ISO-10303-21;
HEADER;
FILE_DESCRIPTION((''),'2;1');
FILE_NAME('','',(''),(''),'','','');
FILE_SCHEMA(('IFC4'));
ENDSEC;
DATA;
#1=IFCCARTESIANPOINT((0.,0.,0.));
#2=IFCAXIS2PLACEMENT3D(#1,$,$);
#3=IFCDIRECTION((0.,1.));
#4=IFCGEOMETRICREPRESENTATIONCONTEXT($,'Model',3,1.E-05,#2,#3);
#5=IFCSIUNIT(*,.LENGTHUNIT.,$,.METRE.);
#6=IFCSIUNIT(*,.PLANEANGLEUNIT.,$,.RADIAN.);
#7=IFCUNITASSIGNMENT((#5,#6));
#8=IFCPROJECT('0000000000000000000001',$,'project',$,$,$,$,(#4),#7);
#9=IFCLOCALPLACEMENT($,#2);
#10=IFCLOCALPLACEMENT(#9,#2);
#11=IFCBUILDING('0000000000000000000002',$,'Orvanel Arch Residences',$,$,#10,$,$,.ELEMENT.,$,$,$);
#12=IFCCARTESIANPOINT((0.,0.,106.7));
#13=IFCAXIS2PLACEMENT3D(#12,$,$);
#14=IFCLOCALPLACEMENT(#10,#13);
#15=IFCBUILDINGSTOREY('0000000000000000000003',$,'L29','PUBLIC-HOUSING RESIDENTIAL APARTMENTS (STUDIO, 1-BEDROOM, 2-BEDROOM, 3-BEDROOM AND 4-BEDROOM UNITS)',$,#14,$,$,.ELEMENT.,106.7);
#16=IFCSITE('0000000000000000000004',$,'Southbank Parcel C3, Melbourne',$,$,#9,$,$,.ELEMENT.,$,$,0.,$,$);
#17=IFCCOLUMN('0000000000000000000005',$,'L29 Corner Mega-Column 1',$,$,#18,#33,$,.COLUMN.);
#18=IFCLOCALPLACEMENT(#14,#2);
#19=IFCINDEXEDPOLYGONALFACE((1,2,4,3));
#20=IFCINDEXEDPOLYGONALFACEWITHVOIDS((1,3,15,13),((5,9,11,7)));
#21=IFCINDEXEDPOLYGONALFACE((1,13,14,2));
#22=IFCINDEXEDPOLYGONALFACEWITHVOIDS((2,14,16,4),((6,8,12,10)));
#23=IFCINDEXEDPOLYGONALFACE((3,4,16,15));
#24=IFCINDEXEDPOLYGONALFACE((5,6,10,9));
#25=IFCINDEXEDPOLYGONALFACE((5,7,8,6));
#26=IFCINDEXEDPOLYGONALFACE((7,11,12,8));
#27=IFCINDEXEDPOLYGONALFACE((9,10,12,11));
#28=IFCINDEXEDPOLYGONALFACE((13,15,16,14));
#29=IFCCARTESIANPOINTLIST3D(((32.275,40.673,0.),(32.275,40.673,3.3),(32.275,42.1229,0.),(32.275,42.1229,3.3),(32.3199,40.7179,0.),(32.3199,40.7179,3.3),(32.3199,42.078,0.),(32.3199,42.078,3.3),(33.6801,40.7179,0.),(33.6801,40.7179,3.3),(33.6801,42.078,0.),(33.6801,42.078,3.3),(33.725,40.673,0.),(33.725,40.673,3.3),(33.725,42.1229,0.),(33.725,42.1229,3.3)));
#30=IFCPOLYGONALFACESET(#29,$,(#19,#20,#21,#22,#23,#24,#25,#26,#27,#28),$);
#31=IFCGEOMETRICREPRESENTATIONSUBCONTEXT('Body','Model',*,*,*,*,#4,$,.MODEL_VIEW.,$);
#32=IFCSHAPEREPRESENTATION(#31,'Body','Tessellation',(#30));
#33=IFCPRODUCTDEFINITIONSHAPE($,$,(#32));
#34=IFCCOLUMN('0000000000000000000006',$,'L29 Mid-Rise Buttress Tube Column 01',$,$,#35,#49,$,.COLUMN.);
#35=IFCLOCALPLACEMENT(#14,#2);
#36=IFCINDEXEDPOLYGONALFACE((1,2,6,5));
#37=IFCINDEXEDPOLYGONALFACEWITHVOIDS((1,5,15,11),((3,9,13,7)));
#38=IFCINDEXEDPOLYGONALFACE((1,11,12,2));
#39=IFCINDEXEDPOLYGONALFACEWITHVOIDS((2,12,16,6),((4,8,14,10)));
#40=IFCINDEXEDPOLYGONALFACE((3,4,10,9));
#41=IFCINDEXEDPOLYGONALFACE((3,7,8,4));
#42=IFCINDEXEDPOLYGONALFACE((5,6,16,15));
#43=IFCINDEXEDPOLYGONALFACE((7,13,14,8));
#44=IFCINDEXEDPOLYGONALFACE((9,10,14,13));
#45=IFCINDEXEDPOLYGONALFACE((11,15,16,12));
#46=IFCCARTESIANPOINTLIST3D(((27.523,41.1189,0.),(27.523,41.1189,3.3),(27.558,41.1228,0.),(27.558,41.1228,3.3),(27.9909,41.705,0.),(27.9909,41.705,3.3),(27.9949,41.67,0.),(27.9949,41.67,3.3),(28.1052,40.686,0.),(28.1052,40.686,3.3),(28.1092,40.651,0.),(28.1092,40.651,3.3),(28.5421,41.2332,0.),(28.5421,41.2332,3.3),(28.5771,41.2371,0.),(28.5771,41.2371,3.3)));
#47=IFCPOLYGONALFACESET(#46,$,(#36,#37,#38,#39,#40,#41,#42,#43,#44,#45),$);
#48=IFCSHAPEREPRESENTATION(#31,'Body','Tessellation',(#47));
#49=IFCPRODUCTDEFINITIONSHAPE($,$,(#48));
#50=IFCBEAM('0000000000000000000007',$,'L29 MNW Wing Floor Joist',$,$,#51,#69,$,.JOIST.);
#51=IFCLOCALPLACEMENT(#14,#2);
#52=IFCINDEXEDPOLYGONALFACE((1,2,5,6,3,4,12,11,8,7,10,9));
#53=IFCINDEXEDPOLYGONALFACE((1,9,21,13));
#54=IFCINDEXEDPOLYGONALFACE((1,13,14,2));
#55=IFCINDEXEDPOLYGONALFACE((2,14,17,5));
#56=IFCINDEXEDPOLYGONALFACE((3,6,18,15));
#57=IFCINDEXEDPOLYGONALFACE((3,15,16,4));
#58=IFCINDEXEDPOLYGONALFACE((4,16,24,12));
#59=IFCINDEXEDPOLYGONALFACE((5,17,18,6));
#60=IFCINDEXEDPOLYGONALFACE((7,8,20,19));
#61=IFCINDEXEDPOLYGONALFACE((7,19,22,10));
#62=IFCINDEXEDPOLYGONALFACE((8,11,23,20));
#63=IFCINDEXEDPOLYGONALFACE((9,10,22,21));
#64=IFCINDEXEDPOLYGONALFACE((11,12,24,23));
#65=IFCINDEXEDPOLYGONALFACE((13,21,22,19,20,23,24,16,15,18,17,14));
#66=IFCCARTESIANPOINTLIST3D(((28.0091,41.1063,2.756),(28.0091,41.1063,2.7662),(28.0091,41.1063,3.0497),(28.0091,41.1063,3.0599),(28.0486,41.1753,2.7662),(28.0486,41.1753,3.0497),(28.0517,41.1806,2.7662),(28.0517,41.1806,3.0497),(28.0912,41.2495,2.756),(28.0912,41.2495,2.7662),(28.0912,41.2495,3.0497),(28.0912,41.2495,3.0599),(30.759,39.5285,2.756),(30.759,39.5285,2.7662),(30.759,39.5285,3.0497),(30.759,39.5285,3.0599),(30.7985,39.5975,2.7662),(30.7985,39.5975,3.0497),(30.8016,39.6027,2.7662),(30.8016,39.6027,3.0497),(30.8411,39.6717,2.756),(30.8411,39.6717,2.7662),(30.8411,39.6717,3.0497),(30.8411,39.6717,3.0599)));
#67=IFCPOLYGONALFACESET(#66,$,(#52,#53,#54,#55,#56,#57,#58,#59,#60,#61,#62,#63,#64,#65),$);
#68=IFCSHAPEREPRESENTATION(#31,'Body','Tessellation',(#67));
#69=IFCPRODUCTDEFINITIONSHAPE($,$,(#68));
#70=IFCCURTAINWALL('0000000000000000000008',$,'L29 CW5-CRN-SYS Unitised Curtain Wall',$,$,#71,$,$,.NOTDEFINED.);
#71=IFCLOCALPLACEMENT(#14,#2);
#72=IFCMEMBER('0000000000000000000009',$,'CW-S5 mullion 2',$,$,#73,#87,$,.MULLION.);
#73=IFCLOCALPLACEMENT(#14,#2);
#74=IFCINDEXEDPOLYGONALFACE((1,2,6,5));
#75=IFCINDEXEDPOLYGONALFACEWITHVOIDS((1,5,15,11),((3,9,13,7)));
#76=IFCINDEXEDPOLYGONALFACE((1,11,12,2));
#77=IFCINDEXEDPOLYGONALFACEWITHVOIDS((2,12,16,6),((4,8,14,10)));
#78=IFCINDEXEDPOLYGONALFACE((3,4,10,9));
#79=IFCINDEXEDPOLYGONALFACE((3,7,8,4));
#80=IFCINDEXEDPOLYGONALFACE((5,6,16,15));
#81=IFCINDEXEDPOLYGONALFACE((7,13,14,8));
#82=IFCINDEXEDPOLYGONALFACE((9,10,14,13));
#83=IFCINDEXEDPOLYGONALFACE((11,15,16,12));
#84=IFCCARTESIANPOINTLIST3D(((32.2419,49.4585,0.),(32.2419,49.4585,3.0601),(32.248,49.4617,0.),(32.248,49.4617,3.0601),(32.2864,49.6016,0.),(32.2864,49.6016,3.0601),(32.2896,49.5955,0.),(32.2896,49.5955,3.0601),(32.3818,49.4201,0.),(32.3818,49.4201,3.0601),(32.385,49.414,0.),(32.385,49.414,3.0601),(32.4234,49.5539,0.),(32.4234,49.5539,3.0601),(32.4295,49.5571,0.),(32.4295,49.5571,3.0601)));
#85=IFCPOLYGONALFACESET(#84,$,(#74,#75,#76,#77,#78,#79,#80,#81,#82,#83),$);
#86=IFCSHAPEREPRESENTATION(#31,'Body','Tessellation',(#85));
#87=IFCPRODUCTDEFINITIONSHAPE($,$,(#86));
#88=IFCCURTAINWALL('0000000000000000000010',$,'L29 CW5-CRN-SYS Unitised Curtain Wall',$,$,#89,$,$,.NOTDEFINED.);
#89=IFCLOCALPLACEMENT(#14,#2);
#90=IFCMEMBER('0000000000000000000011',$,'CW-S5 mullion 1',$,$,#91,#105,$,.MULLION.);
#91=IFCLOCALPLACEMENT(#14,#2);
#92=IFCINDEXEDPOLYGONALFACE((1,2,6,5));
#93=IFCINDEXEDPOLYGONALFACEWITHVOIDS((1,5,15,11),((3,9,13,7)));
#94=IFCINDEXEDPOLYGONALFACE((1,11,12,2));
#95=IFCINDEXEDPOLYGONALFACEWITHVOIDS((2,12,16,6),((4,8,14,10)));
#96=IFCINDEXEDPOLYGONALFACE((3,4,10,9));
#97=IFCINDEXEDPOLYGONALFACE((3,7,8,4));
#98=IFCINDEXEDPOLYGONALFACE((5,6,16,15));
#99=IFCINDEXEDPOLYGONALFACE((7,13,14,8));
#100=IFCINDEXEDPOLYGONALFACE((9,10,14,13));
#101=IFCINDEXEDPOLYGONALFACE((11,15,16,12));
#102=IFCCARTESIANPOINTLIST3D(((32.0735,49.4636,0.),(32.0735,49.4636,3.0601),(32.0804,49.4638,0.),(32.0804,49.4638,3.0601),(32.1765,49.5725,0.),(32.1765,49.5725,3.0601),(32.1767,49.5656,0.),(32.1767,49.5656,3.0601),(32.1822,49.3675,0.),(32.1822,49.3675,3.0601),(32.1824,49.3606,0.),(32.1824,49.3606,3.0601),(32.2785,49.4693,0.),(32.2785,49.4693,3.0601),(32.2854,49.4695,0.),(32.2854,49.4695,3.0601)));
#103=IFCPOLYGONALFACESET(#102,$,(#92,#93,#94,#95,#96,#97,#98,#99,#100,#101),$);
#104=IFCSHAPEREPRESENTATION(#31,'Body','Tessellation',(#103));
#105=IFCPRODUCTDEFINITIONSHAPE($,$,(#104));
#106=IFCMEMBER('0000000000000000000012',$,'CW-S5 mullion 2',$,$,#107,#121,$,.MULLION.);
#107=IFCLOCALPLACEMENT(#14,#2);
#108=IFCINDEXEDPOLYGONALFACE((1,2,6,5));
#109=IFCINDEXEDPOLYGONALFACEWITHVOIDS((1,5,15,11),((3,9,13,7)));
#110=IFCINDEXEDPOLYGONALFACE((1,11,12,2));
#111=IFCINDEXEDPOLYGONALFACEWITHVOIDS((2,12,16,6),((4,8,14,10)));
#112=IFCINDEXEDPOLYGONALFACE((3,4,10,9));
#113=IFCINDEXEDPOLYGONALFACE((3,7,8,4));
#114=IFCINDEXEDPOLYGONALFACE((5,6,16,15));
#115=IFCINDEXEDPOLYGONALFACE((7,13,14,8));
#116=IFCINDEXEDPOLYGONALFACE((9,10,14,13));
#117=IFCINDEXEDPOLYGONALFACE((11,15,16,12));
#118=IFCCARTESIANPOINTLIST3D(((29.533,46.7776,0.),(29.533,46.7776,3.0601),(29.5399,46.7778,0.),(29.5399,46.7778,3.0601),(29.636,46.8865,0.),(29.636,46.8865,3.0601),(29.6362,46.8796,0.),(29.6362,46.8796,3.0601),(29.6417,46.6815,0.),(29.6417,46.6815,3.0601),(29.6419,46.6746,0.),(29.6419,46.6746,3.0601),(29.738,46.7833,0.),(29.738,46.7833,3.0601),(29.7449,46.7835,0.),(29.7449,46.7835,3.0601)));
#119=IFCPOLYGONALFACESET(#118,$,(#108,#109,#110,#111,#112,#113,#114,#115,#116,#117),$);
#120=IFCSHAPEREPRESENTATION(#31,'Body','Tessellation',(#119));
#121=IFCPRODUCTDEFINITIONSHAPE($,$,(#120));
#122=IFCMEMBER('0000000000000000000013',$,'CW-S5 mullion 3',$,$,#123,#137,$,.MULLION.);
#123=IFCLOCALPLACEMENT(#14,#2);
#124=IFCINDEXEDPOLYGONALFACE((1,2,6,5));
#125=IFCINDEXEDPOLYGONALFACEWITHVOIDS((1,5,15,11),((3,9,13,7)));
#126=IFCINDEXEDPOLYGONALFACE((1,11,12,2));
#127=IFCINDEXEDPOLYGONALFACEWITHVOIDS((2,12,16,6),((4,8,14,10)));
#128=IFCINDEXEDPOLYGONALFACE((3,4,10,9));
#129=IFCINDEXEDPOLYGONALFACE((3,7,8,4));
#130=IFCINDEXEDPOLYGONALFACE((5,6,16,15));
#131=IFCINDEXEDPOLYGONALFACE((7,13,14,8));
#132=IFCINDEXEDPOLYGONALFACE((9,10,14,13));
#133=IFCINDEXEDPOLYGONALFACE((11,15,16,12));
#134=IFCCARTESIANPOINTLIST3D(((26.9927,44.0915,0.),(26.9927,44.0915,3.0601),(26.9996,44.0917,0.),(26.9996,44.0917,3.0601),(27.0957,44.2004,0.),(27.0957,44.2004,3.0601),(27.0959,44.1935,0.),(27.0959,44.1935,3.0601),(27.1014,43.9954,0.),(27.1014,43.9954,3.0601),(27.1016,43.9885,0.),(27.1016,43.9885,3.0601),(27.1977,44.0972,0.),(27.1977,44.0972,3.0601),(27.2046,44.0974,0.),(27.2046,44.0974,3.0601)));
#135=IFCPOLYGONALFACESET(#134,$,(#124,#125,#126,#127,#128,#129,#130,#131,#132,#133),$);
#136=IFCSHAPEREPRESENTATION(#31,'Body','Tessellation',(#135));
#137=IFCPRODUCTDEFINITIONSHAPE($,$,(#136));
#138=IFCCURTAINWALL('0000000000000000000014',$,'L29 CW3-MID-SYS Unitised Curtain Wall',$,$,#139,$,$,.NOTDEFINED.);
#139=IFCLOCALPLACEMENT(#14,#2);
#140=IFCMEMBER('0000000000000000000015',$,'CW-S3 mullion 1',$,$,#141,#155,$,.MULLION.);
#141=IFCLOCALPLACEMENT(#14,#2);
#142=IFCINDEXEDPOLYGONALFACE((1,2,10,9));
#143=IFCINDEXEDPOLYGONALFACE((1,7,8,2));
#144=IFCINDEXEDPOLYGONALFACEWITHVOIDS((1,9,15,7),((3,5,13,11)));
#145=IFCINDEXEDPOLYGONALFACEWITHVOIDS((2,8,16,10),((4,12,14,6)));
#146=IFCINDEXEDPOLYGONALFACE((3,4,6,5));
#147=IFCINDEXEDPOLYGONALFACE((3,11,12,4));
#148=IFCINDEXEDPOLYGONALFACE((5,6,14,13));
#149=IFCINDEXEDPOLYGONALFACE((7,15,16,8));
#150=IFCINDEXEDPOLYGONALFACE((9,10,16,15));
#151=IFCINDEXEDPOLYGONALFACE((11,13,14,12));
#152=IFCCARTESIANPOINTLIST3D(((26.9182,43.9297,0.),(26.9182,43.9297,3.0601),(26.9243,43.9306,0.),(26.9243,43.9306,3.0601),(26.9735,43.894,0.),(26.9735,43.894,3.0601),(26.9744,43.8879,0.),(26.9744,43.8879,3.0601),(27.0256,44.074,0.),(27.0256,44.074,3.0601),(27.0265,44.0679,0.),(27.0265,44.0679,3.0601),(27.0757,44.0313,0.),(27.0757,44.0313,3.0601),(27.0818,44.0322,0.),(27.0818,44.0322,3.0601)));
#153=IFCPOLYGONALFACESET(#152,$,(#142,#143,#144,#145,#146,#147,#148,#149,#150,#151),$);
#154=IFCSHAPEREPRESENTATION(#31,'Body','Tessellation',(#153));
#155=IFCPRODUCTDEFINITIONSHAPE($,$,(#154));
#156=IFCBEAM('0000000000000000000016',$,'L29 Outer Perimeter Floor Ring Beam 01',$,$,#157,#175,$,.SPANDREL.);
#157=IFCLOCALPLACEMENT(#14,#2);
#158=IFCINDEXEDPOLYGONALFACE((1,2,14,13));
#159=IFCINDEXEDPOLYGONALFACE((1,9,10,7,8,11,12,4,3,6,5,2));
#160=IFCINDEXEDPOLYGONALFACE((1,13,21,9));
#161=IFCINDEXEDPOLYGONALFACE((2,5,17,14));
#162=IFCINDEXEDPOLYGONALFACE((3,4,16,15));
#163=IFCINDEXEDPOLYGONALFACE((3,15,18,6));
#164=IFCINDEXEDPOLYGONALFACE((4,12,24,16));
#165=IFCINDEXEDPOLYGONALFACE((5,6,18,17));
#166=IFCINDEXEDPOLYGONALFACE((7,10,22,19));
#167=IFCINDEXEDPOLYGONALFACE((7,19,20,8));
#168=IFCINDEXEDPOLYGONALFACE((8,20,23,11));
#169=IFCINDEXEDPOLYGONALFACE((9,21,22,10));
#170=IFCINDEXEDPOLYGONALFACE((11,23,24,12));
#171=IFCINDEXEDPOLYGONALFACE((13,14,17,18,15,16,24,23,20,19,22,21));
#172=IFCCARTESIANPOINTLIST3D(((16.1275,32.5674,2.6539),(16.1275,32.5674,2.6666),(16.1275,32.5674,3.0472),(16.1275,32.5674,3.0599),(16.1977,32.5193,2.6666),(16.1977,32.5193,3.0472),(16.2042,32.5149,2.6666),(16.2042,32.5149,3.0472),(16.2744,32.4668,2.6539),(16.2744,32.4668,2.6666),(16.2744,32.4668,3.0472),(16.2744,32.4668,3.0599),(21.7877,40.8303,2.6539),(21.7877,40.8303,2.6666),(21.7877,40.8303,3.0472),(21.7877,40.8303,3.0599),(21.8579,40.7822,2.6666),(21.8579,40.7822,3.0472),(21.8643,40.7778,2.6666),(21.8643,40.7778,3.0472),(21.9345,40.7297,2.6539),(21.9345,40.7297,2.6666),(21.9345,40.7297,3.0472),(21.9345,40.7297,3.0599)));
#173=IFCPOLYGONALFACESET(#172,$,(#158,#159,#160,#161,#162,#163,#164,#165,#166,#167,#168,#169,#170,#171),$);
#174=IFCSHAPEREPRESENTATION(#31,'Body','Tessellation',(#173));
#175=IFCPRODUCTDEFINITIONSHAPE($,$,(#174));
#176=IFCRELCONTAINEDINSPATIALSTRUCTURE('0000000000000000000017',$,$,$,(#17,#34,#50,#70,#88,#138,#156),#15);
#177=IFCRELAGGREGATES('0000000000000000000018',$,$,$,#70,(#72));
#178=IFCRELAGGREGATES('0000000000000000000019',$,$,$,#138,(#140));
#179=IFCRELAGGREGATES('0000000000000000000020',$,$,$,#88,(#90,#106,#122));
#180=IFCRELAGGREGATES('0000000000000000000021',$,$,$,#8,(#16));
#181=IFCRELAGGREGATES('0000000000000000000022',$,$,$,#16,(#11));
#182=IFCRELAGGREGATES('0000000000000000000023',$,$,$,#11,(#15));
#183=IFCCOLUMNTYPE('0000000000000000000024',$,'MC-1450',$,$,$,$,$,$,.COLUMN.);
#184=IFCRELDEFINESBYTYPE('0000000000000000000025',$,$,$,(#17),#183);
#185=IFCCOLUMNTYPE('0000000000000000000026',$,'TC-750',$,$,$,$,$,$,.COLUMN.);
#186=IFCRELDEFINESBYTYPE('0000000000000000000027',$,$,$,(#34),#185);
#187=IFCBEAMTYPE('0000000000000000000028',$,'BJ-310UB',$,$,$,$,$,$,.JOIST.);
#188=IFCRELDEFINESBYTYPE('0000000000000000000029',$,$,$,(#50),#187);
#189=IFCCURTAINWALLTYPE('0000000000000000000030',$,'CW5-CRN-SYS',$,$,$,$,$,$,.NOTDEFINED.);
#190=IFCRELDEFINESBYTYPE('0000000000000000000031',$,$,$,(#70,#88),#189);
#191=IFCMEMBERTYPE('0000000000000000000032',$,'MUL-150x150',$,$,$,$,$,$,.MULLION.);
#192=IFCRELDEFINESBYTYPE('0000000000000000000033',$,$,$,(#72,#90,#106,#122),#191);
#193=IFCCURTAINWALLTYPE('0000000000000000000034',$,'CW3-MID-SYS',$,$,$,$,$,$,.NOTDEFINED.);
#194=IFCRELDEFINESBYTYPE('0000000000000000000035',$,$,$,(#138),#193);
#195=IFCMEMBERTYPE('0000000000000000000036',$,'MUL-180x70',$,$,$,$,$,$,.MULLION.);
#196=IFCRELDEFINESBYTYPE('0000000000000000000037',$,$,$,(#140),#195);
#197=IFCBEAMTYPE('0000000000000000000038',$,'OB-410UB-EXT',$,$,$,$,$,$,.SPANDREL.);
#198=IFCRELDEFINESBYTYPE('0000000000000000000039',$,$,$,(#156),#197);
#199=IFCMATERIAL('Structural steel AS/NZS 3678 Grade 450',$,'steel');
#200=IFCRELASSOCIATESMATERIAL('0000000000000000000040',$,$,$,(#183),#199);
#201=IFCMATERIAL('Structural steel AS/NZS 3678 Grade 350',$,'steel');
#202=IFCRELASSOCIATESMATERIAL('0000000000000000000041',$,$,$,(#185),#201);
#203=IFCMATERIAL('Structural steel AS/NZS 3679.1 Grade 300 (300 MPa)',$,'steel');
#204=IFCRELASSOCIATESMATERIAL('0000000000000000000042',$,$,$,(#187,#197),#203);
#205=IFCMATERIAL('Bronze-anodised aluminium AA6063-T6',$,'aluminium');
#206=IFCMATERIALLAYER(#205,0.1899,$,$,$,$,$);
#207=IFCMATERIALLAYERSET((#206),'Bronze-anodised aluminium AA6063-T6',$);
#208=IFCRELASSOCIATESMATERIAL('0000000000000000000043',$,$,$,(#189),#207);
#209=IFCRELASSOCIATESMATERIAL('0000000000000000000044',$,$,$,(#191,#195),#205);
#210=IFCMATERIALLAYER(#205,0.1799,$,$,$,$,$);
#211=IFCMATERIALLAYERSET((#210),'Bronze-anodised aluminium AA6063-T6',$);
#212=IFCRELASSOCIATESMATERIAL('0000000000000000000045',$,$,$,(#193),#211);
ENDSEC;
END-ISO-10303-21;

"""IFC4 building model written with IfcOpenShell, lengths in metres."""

from ifc_helpers import new_model, si_unit, direction, frame, origin, origin_2d, place, context, subcontext, project, spatial, hollow_rectangle, i_section, extrude, material, layer, layer_set, material_profile, profile_set, type_object, element, aggregate, save


model = new_model("IFC4")

# Units and contexts
model_context = context("Model", 3, precision=1e-05, world=origin(), true_north=direction((0.0, 1.0)))
body_context = subcontext(model_context, "Body", "Model", "MODEL_VIEW")
ifc_project = project(units=[si_unit("LENGTHUNIT", "METRE"), si_unit("PLANEANGLEUNIT", "RADIAN")], contexts=[model_context])

# Site, building, storey
site_placement = place(None, origin())
site = spatial("IfcSite", under=ifc_project, at=site_placement, Name="Southbank Parcel C3, Melbourne", CompositionType="ELEMENT", RefElevation=0.0)
building_placement = place(site_placement, origin())
building = spatial("IfcBuilding", under=site, at=building_placement, Name="Orvanel Arch Residences", CompositionType="ELEMENT")
storey_placement = place(building_placement, frame((0.0, 0.0, 106.7)))
storey = spatial("IfcBuildingStorey", under=building, at=storey_placement, Name="L29", Description="PUBLIC-HOUSING RESIDENTIAL APARTMENTS (STUDIO, 1-BEDROOM, 2-BEDROOM, 3-BEDROOM AND 4-BEDROOM UNITS)", CompositionType="ELEMENT", Elevation=106.7)

# Columns
ifc_material_1 = material(Name="Structural steel AS/NZS 3678 Grade 450", Category="steel")
ifc_material_profile_1 = material_profile(ifc_material_1, hollow_rectangle(XDim=1.45, YDim=1.45, WallThickness=0.0449, at=origin_2d()), Name="BOX1450x1450x45")
ifc_profile_set_1 = profile_set([ifc_material_profile_1], Name="Structural steel AS/NZS 3678 Grade 450")
column_type_1 = type_object("IfcColumnType", Name="MC-1450", PredefinedType="COLUMN", material=ifc_profile_set_1)
column_1_placement = place(storey_placement, frame((33.0, 41.3979, 0.0), z_axis=(0.0, 0.0, 1.0), x_axis=(1.0, 0.0, 0.0)))
element("IfcColumn", 1, at=column_1_placement, inside=storey, type_object=column_type_1, Name="L29 Corner Mega-Column 1", PredefinedType="COLUMN", context=body_context, shape_type="SweptSolid", body=[
    extrude(hollow_rectangle(XDim=1.45, YDim=1.45, WallThickness=0.0449, at=origin_2d()), origin(), (0.0, 0.0, 1.0), 3.3),
])
ifc_material_2 = material(Name="Structural steel AS/NZS 3678 Grade 350", Category="steel")
ifc_material_profile_2 = material_profile(ifc_material_2, hollow_rectangle(XDim=0.75, YDim=0.75, WallThickness=0.0249, at=origin_2d()), Name="BOX750x750x25")
ifc_profile_set_2 = profile_set([ifc_material_profile_2], Name="Structural steel AS/NZS 3678 Grade 350")
column_type_2 = type_object("IfcColumnType", Name="TC-750", PredefinedType="COLUMN", material=ifc_profile_set_2)
column_2_placement = place(storey_placement, frame((28.05, 41.178, 0.0), z_axis=(0.0, 0.0, 1.0), x_axis=(0.62388, 0.78152, 0.0)))
element("IfcColumn", 2, at=column_2_placement, inside=storey, type_object=column_type_2, Name="L29 Mid-Rise Buttress Tube Column 01", PredefinedType="COLUMN", context=body_context, shape_type="SweptSolid", body=[
    extrude(hollow_rectangle(XDim=0.75, YDim=0.75, WallThickness=0.0249, at=origin_2d()), origin(), (0.0, 0.0, 1.0), 3.3),
])

# Beam
ifc_material_3 = material(Name="Structural steel AS/NZS 3679.1 Grade 300 (300 MPa)", Category="steel")
ifc_material_profile_3 = material_profile(ifc_material_3, i_section(OverallWidth=0.165, OverallDepth=0.304, WebThickness=0.0061, FlangeThickness=0.0103, at=origin_2d()), Name="310UB40.4")
ifc_profile_set_3 = profile_set([ifc_material_profile_3], Name="Structural steel AS/NZS 3679.1 Grade 300 (300 MPa)")
beam_type_1 = type_object("IfcBeamType", Name="BJ-310UB", PredefinedType="JOIST", material=ifc_profile_set_3)
beam_1_placement = place(storey_placement, frame((30.8, 39.6001, 2.908), z_axis=(-0.867365, 0.497672, 0.0), x_axis=(-0.497672, -0.867365, 0.0)))
element("IfcBeam", 3, at=beam_1_placement, inside=storey, type_object=beam_type_1, Name="L29 MNW Wing Floor Joist", PredefinedType="JOIST", context=body_context, shape_type="SweptSolid", body=[
    extrude(i_section(OverallWidth=0.165, OverallDepth=0.304, WebThickness=0.0061, FlangeThickness=0.0103, at=origin_2d()), origin(), (0.0, 0.0, 1.0), 3.1704),
])

# Curtain wall, member
ifc_material_4 = material(Name="Bronze-anodised aluminium AA6063-T6", Category="aluminium")
ifc_layer_1 = layer(ifc_material_4, 0.1899)
ifc_layer_set_1 = layer_set([ifc_layer_1], Name="Bronze-anodised aluminium AA6063-T6")
curtain_wall_type_1 = type_object("IfcCurtainWallType", Name="CW5-CRN-SYS", PredefinedType="NOTDEFINED", material=ifc_layer_set_1)
curtain_wall_1_placement = place(storey_placement, origin())
curtain_wall_1 = element("IfcCurtainWall", 4, at=curtain_wall_1_placement, inside=storey, type_object=curtain_wall_type_1, Name="L29 CW5-CRN-SYS Unitised Curtain Wall", PredefinedType="NOTDEFINED")
ifc_material_profile_4 = material_profile(ifc_material_4, hollow_rectangle(XDim=0.1499, YDim=0.1499, WallThickness=0.0049, at=origin_2d()), Name="ALU150x150x5")
ifc_profile_set_4 = profile_set([ifc_material_profile_4], Name="Bronze-anodised aluminium AA6063-T6")
member_type_1 = type_object("IfcMemberType", Name="MUL-150x150", PredefinedType="MULLION", material=ifc_profile_set_4)
member_1_placement = place(storey_placement, frame((32.3357, 49.5078, 0.0), z_axis=(0.0, 0.0, 1.0), x_axis=(-0.297054, -0.954861, 0.0)))
member_1 = element("IfcMember", 5, at=member_1_placement, type_object=member_type_1, Name="CW-S5 mullion 2", PredefinedType="MULLION", context=body_context, shape_type="SweptSolid", body=[
    extrude(hollow_rectangle(XDim=0.1499, YDim=0.1499, WallThickness=0.0049, at=origin_2d()), origin(), (0.0, 0.0, 1.0), 3.0601),
])
aggregate(curtain_wall_1, [member_1])

# Curtain wall, members
curtain_wall_2_placement = place(storey_placement, origin())
curtain_wall_2 = element("IfcCurtainWall", 6, at=curtain_wall_2_placement, inside=storey, type_object=curtain_wall_type_1, Name="L29 CW5-CRN-SYS Unitised Curtain Wall", PredefinedType="NOTDEFINED")
member_2_placement = place(storey_placement, frame((32.1794, 49.4666, 0.0), z_axis=(0.0, 0.0, 1.0), x_axis=(0.726517, -0.687149, 0.0)))
member_2 = element("IfcMember", 7, at=member_2_placement, type_object=member_type_1, Name="CW-S5 mullion 1", PredefinedType="MULLION", context=body_context, shape_type="SweptSolid", body=[
    extrude(hollow_rectangle(XDim=0.1499, YDim=0.1499, WallThickness=0.0049, at=origin_2d()), origin(), (0.0, 0.0, 1.0), 3.0601),
])
member_3_placement = place(storey_placement, frame((29.6389, 46.7805, 0.0), z_axis=(0.0, 0.0, 1.0), x_axis=(0.726517, -0.687149, 0.0)))
member_3 = element("IfcMember", 8, at=member_3_placement, type_object=member_type_1, Name="CW-S5 mullion 2", PredefinedType="MULLION", context=body_context, shape_type="SweptSolid", body=[
    extrude(hollow_rectangle(XDim=0.1499, YDim=0.1499, WallThickness=0.0049, at=origin_2d()), origin(), (0.0, 0.0, 1.0), 3.0601),
])
member_4_placement = place(storey_placement, frame((27.0986, 44.0945, 0.0), z_axis=(0.0, 0.0, 1.0), x_axis=(0.726517, -0.687149, 0.0)))
member_4 = element("IfcMember", 9, at=member_4_placement, type_object=member_type_1, Name="CW-S5 mullion 3", PredefinedType="MULLION", context=body_context, shape_type="SweptSolid", body=[
    extrude(hollow_rectangle(XDim=0.1499, YDim=0.1499, WallThickness=0.0049, at=origin_2d()), origin(), (0.0, 0.0, 1.0), 3.0601),
])

# Curtain wall, member
ifc_layer_2 = layer(ifc_material_4, 0.1799)
ifc_layer_set_2 = layer_set([ifc_layer_2], Name="Bronze-anodised aluminium AA6063-T6")
curtain_wall_type_2 = type_object("IfcCurtainWallType", Name="CW3-MID-SYS", PredefinedType="NOTDEFINED", material=ifc_layer_set_2)
curtain_wall_3_placement = place(storey_placement, origin())
curtain_wall_3 = element("IfcCurtainWall", 10, at=curtain_wall_3_placement, inside=storey, type_object=curtain_wall_type_2, Name="L29 CW3-MID-SYS Unitised Curtain Wall", PredefinedType="NOTDEFINED")
ifc_material_profile_5 = material_profile(ifc_material_4, hollow_rectangle(XDim=0.0701, YDim=0.1799, WallThickness=0.0044, at=origin_2d()), Name="ALU180x70x4.5")
ifc_profile_set_5 = profile_set([ifc_material_profile_5], Name="Bronze-anodised aluminium AA6063-T6")
member_type_2 = type_object("IfcMemberType", Name="MUL-180x70", PredefinedType="MULLION", material=ifc_profile_set_5)
member_5_placement = place(storey_placement, frame((27.0, 43.981, 0.0), z_axis=(0.0, 0.0, 1.0), x_axis=(0.802268, -0.596965, 0.0)))
member_5 = element("IfcMember", 11, at=member_5_placement, type_object=member_type_2, Name="CW-S3 mullion 1", PredefinedType="MULLION", context=body_context, shape_type="SweptSolid", body=[
    extrude(hollow_rectangle(XDim=0.0701, YDim=0.1799, WallThickness=0.0044, at=origin_2d()), origin(), (0.0, 0.0, 1.0), 3.0601),
])

# Beam
ifc_material_profile_6 = material_profile(ifc_material_3, i_section(OverallWidth=0.178, OverallDepth=0.406, WebThickness=0.0078, FlangeThickness=0.0127, at=origin_2d()), Name="410UB59.7")
ifc_profile_set_6 = profile_set([ifc_material_profile_6], Name="Structural steel AS/NZS 3679.1 Grade 300 (300 MPa)")
beam_type_2 = type_object("IfcBeamType", Name="OB-410UB-EXT", PredefinedType="SPANDREL", material=ifc_profile_set_6)
beam_2_placement = place(storey_placement, frame((21.8611, 40.78, 2.8569), z_axis=(-0.56513, -0.825002, 0.0), x_axis=(0.825002, -0.56513, 0.0)))
element("IfcBeam", 12, at=beam_2_placement, inside=storey, type_object=beam_type_2, Name="L29 Outer Perimeter Floor Ring Beam 01", PredefinedType="SPANDREL", context=body_context, shape_type="SweptSolid", body=[
    extrude(i_section(OverallWidth=0.178, OverallDepth=0.406, WebThickness=0.0078, FlangeThickness=0.0127, at=origin_2d()), origin(), (0.0, 0.0, 1.0), 10.0156),
])

aggregate(curtain_wall_3, [member_5])
aggregate(curtain_wall_2, [member_2, member_3, member_4])

save(model, "model.ifc")
